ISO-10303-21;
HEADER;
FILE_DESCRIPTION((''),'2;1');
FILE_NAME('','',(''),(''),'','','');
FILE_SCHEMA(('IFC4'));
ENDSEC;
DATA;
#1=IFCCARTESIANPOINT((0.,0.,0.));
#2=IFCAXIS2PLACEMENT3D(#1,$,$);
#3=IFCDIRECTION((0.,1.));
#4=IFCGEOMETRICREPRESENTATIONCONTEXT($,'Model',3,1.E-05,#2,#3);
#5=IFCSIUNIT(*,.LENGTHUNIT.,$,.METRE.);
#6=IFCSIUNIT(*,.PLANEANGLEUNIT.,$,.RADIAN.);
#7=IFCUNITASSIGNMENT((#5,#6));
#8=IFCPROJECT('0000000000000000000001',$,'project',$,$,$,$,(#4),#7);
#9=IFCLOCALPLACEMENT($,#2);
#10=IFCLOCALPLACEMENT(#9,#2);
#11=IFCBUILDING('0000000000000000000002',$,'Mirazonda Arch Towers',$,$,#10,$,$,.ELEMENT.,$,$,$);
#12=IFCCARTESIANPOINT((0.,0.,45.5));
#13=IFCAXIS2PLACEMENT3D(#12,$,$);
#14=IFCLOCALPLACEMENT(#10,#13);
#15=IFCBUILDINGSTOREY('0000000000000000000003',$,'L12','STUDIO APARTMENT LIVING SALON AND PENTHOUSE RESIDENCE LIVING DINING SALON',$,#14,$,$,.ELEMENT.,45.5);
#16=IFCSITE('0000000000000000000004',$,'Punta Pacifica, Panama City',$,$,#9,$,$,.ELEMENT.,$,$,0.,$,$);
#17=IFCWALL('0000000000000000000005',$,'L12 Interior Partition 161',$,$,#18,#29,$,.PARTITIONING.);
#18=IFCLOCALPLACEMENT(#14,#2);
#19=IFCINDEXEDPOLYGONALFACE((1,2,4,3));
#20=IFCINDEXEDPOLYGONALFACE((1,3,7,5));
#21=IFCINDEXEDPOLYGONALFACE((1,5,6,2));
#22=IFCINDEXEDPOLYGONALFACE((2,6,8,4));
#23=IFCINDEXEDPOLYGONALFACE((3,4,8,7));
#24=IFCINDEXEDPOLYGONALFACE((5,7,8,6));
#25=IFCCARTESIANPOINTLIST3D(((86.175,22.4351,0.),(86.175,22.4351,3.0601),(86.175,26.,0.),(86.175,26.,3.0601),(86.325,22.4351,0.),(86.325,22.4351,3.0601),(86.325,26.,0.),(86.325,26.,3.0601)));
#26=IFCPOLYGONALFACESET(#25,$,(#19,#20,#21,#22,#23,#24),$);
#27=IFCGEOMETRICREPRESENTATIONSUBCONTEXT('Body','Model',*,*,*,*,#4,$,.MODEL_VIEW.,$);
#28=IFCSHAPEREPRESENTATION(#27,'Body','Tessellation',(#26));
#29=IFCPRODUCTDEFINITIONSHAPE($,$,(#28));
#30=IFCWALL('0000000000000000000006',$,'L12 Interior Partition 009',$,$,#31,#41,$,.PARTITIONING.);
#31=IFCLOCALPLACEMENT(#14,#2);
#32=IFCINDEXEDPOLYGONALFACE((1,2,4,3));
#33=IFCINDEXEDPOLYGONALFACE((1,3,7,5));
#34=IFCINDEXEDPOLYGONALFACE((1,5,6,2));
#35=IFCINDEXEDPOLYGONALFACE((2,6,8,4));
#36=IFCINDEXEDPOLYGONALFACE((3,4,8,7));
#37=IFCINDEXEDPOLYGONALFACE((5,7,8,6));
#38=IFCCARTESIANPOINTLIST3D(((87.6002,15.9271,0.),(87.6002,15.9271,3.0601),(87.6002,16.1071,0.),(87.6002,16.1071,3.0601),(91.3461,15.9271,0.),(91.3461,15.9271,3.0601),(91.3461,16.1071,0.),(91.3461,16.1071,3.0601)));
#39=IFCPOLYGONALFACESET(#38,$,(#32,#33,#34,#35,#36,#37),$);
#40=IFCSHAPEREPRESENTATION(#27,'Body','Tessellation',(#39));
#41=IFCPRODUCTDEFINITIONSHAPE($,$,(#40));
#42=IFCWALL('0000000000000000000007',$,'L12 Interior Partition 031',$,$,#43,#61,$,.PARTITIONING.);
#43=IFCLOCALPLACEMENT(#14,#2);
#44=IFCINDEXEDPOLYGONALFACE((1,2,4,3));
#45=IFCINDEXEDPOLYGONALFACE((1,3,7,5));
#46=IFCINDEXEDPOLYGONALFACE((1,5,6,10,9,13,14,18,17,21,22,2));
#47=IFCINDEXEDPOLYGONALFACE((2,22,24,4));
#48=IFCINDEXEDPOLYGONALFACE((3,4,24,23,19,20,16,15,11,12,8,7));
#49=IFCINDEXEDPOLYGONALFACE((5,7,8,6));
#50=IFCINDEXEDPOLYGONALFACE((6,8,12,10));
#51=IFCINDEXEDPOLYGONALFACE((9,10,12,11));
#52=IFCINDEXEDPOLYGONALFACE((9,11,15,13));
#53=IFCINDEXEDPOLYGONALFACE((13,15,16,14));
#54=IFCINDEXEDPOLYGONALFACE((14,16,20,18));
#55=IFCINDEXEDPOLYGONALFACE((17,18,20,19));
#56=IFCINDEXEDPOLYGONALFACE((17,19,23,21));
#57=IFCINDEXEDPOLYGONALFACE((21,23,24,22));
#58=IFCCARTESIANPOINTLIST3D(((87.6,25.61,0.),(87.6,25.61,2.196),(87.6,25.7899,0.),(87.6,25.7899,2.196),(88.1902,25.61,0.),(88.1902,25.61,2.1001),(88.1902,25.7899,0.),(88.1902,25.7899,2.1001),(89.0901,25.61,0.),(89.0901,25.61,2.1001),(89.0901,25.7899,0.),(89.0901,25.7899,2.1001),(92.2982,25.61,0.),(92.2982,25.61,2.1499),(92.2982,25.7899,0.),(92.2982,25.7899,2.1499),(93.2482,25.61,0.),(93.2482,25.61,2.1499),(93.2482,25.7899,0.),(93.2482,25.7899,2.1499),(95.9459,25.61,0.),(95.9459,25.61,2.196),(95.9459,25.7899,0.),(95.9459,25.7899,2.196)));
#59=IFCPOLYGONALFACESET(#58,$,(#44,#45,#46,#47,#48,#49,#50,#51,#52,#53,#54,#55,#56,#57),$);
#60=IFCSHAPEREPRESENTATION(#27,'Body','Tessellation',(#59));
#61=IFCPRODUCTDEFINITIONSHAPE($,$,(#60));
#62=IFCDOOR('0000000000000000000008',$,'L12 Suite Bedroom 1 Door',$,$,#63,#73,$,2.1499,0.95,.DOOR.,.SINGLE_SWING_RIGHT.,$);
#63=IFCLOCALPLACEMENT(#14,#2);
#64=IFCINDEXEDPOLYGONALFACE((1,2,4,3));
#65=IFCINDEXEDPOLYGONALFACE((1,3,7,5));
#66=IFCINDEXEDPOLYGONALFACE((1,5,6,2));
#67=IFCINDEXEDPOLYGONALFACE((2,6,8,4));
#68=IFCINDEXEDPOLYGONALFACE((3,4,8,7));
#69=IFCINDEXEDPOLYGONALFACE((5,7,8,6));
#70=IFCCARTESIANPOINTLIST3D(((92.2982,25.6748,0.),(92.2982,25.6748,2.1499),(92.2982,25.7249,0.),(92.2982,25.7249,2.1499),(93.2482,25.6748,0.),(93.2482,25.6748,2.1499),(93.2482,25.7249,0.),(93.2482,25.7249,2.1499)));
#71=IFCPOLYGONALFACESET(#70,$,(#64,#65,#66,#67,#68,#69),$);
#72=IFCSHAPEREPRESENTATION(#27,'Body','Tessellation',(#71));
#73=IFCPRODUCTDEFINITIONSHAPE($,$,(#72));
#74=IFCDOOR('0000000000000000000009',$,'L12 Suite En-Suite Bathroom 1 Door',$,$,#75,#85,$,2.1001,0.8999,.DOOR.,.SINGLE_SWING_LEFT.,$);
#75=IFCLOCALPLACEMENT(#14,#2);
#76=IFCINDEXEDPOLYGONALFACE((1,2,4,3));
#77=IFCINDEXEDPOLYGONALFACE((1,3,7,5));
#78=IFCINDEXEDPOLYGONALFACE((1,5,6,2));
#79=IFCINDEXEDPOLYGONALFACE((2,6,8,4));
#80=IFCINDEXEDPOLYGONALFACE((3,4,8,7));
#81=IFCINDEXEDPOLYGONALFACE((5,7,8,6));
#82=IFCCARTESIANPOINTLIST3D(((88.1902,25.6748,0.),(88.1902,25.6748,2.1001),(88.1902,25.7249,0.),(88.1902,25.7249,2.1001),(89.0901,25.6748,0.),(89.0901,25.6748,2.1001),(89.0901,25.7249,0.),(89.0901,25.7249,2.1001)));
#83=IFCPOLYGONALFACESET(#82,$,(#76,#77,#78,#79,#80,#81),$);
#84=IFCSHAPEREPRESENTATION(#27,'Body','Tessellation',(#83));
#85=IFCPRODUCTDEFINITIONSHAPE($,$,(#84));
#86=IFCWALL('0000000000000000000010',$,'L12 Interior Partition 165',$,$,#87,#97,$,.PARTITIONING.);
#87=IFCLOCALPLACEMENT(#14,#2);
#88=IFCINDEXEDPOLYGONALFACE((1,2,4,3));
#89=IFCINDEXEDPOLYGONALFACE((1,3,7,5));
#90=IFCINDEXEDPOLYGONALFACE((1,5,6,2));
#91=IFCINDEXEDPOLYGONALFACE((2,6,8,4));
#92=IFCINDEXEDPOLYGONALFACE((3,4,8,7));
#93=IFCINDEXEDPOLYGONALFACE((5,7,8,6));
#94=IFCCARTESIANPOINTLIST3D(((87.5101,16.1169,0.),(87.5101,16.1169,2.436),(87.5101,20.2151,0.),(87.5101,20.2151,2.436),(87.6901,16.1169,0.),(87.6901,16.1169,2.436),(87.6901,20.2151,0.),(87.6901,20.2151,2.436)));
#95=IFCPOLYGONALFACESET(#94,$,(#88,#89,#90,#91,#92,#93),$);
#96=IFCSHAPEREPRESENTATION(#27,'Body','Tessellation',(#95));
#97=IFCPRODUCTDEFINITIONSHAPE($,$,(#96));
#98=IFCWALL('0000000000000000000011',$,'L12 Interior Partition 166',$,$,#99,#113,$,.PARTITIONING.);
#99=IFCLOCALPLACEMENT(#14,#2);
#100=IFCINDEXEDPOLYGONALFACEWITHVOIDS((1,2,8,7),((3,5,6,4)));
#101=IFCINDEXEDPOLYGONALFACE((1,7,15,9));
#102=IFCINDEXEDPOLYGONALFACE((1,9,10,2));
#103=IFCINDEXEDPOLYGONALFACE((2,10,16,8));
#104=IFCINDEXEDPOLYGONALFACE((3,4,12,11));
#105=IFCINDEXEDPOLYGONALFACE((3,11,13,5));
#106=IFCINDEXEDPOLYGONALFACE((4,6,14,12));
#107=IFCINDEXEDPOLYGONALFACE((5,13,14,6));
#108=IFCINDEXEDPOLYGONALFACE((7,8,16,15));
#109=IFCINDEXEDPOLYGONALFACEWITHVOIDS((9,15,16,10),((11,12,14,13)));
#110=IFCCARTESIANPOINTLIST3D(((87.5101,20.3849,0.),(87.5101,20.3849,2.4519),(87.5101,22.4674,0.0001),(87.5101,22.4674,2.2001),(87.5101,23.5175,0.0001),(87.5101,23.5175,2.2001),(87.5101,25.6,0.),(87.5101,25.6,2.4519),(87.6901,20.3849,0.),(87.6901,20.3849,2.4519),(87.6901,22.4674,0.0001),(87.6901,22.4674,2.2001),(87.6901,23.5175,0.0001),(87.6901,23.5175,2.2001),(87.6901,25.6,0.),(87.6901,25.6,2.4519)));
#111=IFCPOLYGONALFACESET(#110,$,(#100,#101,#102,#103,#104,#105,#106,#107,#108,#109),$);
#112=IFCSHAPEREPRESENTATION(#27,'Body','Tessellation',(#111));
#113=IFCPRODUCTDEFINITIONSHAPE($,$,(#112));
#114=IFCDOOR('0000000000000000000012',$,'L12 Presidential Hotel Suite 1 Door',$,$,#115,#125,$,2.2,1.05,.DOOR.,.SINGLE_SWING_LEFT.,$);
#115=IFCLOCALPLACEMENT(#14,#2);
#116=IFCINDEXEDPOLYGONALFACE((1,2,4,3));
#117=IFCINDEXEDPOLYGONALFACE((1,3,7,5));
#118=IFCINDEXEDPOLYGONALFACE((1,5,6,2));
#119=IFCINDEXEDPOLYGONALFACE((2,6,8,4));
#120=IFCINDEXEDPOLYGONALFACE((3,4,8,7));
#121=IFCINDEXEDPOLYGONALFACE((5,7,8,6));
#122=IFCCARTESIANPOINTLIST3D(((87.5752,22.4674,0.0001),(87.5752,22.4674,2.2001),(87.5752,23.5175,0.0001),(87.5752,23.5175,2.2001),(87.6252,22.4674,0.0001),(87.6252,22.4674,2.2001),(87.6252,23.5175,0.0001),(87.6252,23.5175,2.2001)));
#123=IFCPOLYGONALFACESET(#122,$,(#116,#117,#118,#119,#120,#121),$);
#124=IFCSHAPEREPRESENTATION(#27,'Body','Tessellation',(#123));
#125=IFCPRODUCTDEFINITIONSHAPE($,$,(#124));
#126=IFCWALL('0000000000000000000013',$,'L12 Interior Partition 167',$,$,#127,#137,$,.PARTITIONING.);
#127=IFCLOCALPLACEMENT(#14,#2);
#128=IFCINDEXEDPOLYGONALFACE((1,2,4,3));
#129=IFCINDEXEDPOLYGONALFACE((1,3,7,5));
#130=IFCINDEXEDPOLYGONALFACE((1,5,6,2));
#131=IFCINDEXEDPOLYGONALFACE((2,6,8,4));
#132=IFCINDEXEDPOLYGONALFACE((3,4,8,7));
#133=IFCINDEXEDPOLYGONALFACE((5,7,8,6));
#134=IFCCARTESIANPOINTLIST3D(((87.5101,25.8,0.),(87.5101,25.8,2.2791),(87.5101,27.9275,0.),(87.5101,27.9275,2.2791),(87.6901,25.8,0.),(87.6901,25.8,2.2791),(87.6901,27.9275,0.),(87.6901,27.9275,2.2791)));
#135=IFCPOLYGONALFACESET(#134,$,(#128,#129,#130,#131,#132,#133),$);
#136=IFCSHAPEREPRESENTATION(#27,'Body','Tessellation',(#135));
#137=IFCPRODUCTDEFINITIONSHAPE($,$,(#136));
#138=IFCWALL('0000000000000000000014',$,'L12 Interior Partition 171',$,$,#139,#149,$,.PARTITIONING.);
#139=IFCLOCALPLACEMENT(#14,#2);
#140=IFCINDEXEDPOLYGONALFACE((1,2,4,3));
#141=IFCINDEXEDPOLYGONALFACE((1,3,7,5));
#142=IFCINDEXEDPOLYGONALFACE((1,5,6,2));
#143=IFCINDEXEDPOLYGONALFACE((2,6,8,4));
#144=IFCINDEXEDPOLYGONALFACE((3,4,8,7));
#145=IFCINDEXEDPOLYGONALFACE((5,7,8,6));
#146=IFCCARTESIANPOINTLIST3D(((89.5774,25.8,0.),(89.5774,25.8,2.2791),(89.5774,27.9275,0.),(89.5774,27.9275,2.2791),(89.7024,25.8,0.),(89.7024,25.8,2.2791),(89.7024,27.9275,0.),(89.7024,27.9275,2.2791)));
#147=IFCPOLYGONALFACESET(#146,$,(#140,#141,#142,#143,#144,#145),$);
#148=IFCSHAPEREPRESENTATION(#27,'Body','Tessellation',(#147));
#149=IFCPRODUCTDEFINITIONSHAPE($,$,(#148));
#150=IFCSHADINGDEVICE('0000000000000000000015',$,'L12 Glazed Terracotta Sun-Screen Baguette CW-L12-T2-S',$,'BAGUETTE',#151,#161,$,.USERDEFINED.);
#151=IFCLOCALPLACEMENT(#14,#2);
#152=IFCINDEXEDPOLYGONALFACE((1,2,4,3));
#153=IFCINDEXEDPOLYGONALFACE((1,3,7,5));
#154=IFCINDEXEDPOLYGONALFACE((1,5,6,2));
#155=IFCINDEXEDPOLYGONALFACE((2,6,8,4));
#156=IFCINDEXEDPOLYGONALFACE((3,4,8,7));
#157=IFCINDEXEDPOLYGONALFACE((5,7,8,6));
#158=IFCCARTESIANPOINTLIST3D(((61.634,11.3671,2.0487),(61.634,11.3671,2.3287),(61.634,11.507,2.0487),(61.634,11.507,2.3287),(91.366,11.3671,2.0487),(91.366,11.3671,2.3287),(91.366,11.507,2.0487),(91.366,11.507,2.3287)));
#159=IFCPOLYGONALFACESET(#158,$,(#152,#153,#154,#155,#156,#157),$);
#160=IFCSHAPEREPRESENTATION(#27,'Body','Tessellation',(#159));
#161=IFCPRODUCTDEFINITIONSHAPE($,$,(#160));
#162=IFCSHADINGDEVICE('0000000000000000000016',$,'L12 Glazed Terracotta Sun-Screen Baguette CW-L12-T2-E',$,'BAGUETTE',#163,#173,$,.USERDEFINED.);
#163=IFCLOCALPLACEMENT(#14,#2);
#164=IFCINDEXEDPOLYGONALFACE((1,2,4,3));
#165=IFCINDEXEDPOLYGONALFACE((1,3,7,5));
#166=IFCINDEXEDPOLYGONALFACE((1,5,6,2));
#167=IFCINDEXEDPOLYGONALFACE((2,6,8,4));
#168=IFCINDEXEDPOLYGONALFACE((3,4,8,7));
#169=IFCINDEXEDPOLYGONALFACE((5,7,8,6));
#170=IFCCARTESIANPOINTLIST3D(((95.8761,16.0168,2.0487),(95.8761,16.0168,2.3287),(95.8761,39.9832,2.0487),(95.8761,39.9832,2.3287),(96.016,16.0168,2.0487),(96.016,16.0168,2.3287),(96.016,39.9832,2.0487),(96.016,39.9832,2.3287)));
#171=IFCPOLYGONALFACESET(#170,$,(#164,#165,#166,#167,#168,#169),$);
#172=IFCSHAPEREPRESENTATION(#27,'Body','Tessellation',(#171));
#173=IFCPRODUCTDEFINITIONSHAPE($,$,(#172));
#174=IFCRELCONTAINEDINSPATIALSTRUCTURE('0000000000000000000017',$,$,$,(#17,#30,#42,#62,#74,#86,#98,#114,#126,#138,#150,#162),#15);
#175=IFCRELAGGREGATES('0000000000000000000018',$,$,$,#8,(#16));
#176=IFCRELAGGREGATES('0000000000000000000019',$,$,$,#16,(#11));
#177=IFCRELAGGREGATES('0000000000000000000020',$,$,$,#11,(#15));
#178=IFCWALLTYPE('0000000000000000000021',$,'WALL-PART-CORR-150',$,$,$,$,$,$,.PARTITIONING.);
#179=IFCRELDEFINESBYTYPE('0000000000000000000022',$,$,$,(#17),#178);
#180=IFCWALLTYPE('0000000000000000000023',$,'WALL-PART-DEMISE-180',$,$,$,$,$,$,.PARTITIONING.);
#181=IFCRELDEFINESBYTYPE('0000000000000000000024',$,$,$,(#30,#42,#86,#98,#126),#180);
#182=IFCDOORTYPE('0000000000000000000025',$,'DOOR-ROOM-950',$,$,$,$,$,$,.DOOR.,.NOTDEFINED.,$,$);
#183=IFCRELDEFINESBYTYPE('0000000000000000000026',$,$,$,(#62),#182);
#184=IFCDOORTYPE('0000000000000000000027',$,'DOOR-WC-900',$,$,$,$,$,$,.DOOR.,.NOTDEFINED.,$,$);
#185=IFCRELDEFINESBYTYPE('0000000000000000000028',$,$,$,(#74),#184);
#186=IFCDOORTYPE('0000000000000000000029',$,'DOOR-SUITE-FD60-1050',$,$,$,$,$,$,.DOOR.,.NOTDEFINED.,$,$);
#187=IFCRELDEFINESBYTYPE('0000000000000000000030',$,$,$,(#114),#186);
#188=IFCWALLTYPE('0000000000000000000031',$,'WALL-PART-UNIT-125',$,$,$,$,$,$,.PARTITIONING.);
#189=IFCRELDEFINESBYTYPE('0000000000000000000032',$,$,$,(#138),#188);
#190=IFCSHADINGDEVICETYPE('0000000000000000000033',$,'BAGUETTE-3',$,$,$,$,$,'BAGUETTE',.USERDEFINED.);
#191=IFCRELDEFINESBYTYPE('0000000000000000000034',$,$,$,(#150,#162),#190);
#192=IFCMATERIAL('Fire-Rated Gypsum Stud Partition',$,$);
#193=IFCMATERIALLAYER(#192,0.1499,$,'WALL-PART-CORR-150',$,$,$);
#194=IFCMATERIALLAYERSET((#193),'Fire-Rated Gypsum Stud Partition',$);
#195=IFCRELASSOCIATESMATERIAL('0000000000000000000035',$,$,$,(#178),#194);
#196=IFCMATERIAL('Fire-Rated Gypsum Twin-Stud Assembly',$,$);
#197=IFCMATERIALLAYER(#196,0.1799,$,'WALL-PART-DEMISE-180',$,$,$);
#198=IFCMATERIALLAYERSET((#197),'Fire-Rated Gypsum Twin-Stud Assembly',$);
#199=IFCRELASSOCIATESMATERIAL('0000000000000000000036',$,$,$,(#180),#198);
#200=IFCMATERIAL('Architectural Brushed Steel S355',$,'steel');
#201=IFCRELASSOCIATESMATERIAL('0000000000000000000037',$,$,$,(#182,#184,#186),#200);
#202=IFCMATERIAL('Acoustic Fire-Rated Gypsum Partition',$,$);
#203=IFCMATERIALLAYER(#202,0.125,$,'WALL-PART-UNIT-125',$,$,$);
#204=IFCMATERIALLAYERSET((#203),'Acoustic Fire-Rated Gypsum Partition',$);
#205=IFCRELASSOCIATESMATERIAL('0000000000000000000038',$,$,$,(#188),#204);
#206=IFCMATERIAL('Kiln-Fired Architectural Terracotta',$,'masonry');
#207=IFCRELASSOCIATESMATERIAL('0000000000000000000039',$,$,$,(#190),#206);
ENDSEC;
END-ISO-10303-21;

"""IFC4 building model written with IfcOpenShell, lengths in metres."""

from ifc_helpers import new_model, si_unit, direction, frame, frame_2d, origin, origin_2d, place, context, subcontext, project, spatial, rectangle, extrude, material, layer, layer_set, material_profile, profile_set, type_object, element, fill, save


model = new_model("IFC4")

# Units and contexts
model_context = context("Model", 3, precision=1e-05, world=origin(), true_north=direction((0.0, 1.0)))
body_context = subcontext(model_context, "Body", "Model", "MODEL_VIEW")
ifc_project = project(units=[si_unit("LENGTHUNIT", "METRE"), si_unit("PLANEANGLEUNIT", "RADIAN")], contexts=[model_context])

# Site, building, storey
site_placement = place(None, origin())
site = spatial("IfcSite", under=ifc_project, at=site_placement, Name="Punta Pacifica, Panama City", CompositionType="ELEMENT", RefElevation=0.0)
building_placement = place(site_placement, origin())
building = spatial("IfcBuilding", under=site, at=building_placement, Name="Mirazonda Arch Towers", CompositionType="ELEMENT")
storey_placement = place(building_placement, frame((0.0, 0.0, 45.5)))
storey = spatial("IfcBuildingStorey", under=building, at=storey_placement, Name="L12", Description="STUDIO APARTMENT LIVING SALON AND PENTHOUSE RESIDENCE LIVING DINING SALON", CompositionType="ELEMENT", Elevation=45.5)

# Walls
ifc_material_1 = material(Name="Fire-Rated Gypsum Stud Partition")
ifc_layer_1 = layer(ifc_material_1, 0.1499, Name="WALL-PART-CORR-150")
ifc_layer_set_1 = layer_set([ifc_layer_1], Name="Fire-Rated Gypsum Stud Partition")
wall_type_1 = type_object("IfcWallType", Name="WALL-PART-CORR-150", PredefinedType="PARTITIONING", material=ifc_layer_set_1)
wall_1_placement = place(storey_placement, frame((86.25, 22.4351, 0.0), z_axis=(0.0, 0.0, 1.0), x_axis=(0.0, 1.0, 0.0)))
element("IfcWall", 1, at=wall_1_placement, inside=storey, type_object=wall_type_1, Name="L12 Interior Partition 161", PredefinedType="PARTITIONING", context=body_context, shape_type="SweptSolid", body=[
    extrude(rectangle(XDim=3.5649, YDim=0.1499, at=frame_2d((1.7825, 0.0))), origin(), (0.0, 0.0, 1.0), 3.0601),
])
ifc_material_2 = material(Name="Fire-Rated Gypsum Twin-Stud Assembly")
ifc_layer_2 = layer(ifc_material_2, 0.1799, Name="WALL-PART-DEMISE-180")
ifc_layer_set_2 = layer_set([ifc_layer_2], Name="Fire-Rated Gypsum Twin-Stud Assembly")
wall_type_2 = type_object("IfcWallType", Name="WALL-PART-DEMISE-180", PredefinedType="PARTITIONING", material=ifc_layer_set_2)
wall_2_placement = place(storey_placement, frame((87.6001, 16.0171, 0.0), z_axis=(0.0, 0.0, 1.0), x_axis=(1.0, 0.0, 0.0)))
element("IfcWall", 2, at=wall_2_placement, inside=storey, type_object=wall_type_2, Name="L12 Interior Partition 009", PredefinedType="PARTITIONING", context=body_context, shape_type="SweptSolid", body=[
    extrude(rectangle(XDim=3.7458, YDim=0.1799, at=frame_2d((1.873, 0.0))), origin(), (0.0, 0.0, 1.0), 3.0601),
])

# Wall, openings, doors
wall_3_placement = place(storey_placement, frame((87.6001, 25.7, 0.0), z_axis=(0.0, 0.0, 1.0), x_axis=(1.0, 0.0, 0.0)))
wall_3 = element("IfcWall", 3, at=wall_3_placement, inside=storey, type_object=wall_type_2, Name="L12 Interior Partition 031", PredefinedType="PARTITIONING", context=body_context, shape_type="SweptSolid", body=[
    extrude(rectangle(XDim=8.3459, YDim=0.1799, at=frame_2d((4.1729, 0.0))), origin(), (0.0, 0.0, 1.0), 2.196),
])
opening_1_placement = place(wall_3_placement, frame((4.698, 0.0, 0.0)))
opening_1 = element("IfcOpeningElement", 4, at=opening_1_placement, cuts=wall_3, PredefinedType="OPENING", context=body_context, shape_type="SweptSolid", body=[
    extrude(rectangle(XDim=0.95, YDim=2.1499, at=frame_2d((0.4751, 1.075))), frame((0.0, 0.0999, 0.0), z_axis=(0.0, -1.0, 0.0), x_axis=(1.0, 0.0, 0.0)), (0.0, 0.0, 1.0), 0.2),
])
opening_2_placement = place(wall_3_placement, frame((0.5901, 0.0, 0.0)))
opening_2 = element("IfcOpeningElement", 5, at=opening_2_placement, cuts=wall_3, PredefinedType="OPENING", context=body_context, shape_type="SweptSolid", body=[
    extrude(rectangle(XDim=0.8999, YDim=2.1001, at=frame_2d((0.45, 1.05))), frame((0.0, 0.0999, 0.0), z_axis=(0.0, -1.0, 0.0), x_axis=(1.0, 0.0, 0.0)), (0.0, 0.0, 1.0), 0.2),
])
ifc_material_3 = material(Name="Architectural Brushed Steel S355", Category="steel")
door_type_1 = type_object("IfcDoorType", Name="DOOR-ROOM-950", OperationType="NOTDEFINED", PredefinedType="DOOR", material=ifc_material_3)
door_1_placement = place(opening_1_placement, origin())
door_1 = element("IfcDoor", 6, at=door_1_placement, inside=storey, type_object=door_type_1, Name="L12 Suite Bedroom 1 Door", OperationType="SINGLE_SWING_RIGHT", OverallHeight=2.1499, OverallWidth=0.95, PredefinedType="DOOR", context=body_context, shape_type="SweptSolid", body=[
    extrude(rectangle(XDim=0.95, YDim=2.1499, at=frame_2d((0.4751, 1.075))), frame((0.0, 0.0249, 0.0), z_axis=(0.0, -1.0, 0.0), x_axis=(1.0, 0.0, 0.0)), (0.0, 0.0, 1.0), 0.05),
])
fill(opening_1, door_1)
door_type_2 = type_object("IfcDoorType", Name="DOOR-WC-900", OperationType="NOTDEFINED", PredefinedType="DOOR", material=ifc_material_3)
door_2_placement = place(opening_2_placement, origin())
door_2 = element("IfcDoor", 7, at=door_2_placement, inside=storey, type_object=door_type_2, Name="L12 Suite En-Suite Bathroom 1 Door", OperationType="SINGLE_SWING_LEFT", OverallHeight=2.1001, OverallWidth=0.8999, PredefinedType="DOOR", context=body_context, shape_type="SweptSolid", body=[
    extrude(rectangle(XDim=0.8999, YDim=2.1001, at=frame_2d((0.45, 1.05))), frame((0.0, 0.0249, 0.0), z_axis=(0.0, -1.0, 0.0), x_axis=(1.0, 0.0, 0.0)), (0.0, 0.0, 1.0), 0.05),
])
fill(opening_2, door_2)

# Wall
wall_4_placement = place(storey_placement, frame((87.6001, 16.1169, 0.0), z_axis=(0.0, 0.0, 1.0), x_axis=(0.0, 1.0, 0.0)))
element("IfcWall", 8, at=wall_4_placement, inside=storey, type_object=wall_type_2, Name="L12 Interior Partition 165", PredefinedType="PARTITIONING", context=body_context, shape_type="SweptSolid", body=[
    extrude(rectangle(XDim=4.0981, YDim=0.1799, at=frame_2d((2.0491, 0.0))), origin(), (0.0, 0.0, 1.0), 2.436),
])

# Wall, opening, door
wall_5_placement = place(storey_placement, frame((87.6001, 20.385, 0.0), z_axis=(0.0, 0.0, 1.0), x_axis=(0.0, 1.0, 0.0)))
wall_5 = element("IfcWall", 9, at=wall_5_placement, inside=storey, type_object=wall_type_2, Name="L12 Interior Partition 166", PredefinedType="PARTITIONING", context=body_context, shape_type="SweptSolid", body=[
    extrude(rectangle(XDim=5.2151, YDim=0.1799, at=frame_2d((2.6074, 0.0))), origin(), (0.0, 0.0, 1.0), 2.4519),
])
opening_3_placement = place(wall_5_placement, frame((2.0825, 0.0, 0.0)))
opening_3 = element("IfcOpeningElement", 10, at=opening_3_placement, cuts=wall_5, PredefinedType="OPENING", context=body_context, shape_type="SweptSolid", body=[
    extrude(rectangle(XDim=1.05, YDim=2.2, at=frame_2d((0.5249, 1.1001))), frame((0.0, 0.0999, 0.0), z_axis=(0.0, -1.0, 0.0), x_axis=(1.0, 0.0, 0.0)), (0.0, 0.0, 1.0), 0.2),
])
door_type_3 = type_object("IfcDoorType", Name="DOOR-SUITE-FD60-1050", OperationType="NOTDEFINED", PredefinedType="DOOR", material=ifc_material_3)
door_3_placement = place(opening_3_placement, origin())
door_3 = element("IfcDoor", 11, at=door_3_placement, inside=storey, type_object=door_type_3, Name="L12 Presidential Hotel Suite 1 Door", OperationType="SINGLE_SWING_LEFT", OverallHeight=2.2, OverallWidth=1.05, PredefinedType="DOOR", context=body_context, shape_type="SweptSolid", body=[
    extrude(rectangle(XDim=1.05, YDim=2.2, at=frame_2d((0.5249, 1.1001))), frame((0.0, 0.0249, 0.0), z_axis=(0.0, -1.0, 0.0), x_axis=(1.0, 0.0, 0.0)), (0.0, 0.0, 1.0), 0.05),
])
fill(opening_3, door_3)

# Walls
wall_6_placement = place(storey_placement, frame((87.6001, 25.8, 0.0), z_axis=(0.0, 0.0, 1.0), x_axis=(0.0, 1.0, 0.0)))
element("IfcWall", 12, at=wall_6_placement, inside=storey, type_object=wall_type_2, Name="L12 Interior Partition 167", PredefinedType="PARTITIONING", context=body_context, shape_type="SweptSolid", body=[
    extrude(rectangle(XDim=2.1274, YDim=0.1799, at=frame_2d((1.0637, 0.0))), origin(), (0.0, 0.0, 1.0), 2.2791),
])
ifc_material_4 = material(Name="Acoustic Fire-Rated Gypsum Partition")
ifc_layer_3 = layer(ifc_material_4, 0.125, Name="WALL-PART-UNIT-125")
ifc_layer_set_3 = layer_set([ifc_layer_3], Name="Acoustic Fire-Rated Gypsum Partition")
wall_type_3 = type_object("IfcWallType", Name="WALL-PART-UNIT-125", PredefinedType="PARTITIONING", material=ifc_layer_set_3)
wall_7_placement = place(storey_placement, frame((89.6399, 25.8, 0.0), z_axis=(0.0, 0.0, 1.0), x_axis=(0.0, 1.0, 0.0)))
element("IfcWall", 13, at=wall_7_placement, inside=storey, type_object=wall_type_3, Name="L12 Interior Partition 171", PredefinedType="PARTITIONING", context=body_context, shape_type="SweptSolid", body=[
    extrude(rectangle(XDim=2.1274, YDim=0.125, at=frame_2d((1.0637, 0.0))), origin(), (0.0, 0.0, 1.0), 2.2791),
])

# Shading devices
ifc_material_5 = material(Name="Kiln-Fired Architectural Terracotta", Category="masonry")
ifc_material_profile_1 = material_profile(ifc_material_5, rectangle(XDim=0.1399, YDim=0.28, at=origin_2d()), Name="TERRA-BAG-140x280")
ifc_profile_set_1 = profile_set([ifc_material_profile_1], Name="Kiln-Fired Architectural Terracotta")
shading_device_type = type_object("IfcShadingDeviceType", Name="BAGUETTE-3", ElementType="BAGUETTE", PredefinedType="USERDEFINED", material=ifc_profile_set_1)
shading_device_1_placement = place(storey_placement, frame((91.366, 11.437, 2.1887), z_axis=(-1.0, 0.0, 0.0), x_axis=(0.0, -1.0, 0.0)))
element("IfcShadingDevice", 14, at=shading_device_1_placement, inside=storey, type_object=shading_device_type, Name="L12 Glazed Terracotta Sun-Screen Baguette CW-L12-T2-S", ObjectType="BAGUETTE", PredefinedType="USERDEFINED", context=body_context, shape_type="SweptSolid", body=[
    extrude(rectangle(XDim=0.1399, YDim=0.28, at=origin_2d()), origin(), (0.0, 0.0, 1.0), 29.7319),
])
shading_device_2_placement = place(storey_placement, frame((95.946, 16.0168, 2.1887), z_axis=(0.0, 1.0, 0.0), x_axis=(-1.0, 0.0, 0.0)))
element("IfcShadingDevice", 15, at=shading_device_2_placement, inside=storey, type_object=shading_device_type, Name="L12 Glazed Terracotta Sun-Screen Baguette CW-L12-T2-E", ObjectType="BAGUETTE", PredefinedType="USERDEFINED", context=body_context, shape_type="SweptSolid", body=[
    extrude(rectangle(XDim=0.1399, YDim=0.28, at=origin_2d()), origin(), (0.0, 0.0, 1.0), 23.9663),
])

save(model, "model.ifc")
